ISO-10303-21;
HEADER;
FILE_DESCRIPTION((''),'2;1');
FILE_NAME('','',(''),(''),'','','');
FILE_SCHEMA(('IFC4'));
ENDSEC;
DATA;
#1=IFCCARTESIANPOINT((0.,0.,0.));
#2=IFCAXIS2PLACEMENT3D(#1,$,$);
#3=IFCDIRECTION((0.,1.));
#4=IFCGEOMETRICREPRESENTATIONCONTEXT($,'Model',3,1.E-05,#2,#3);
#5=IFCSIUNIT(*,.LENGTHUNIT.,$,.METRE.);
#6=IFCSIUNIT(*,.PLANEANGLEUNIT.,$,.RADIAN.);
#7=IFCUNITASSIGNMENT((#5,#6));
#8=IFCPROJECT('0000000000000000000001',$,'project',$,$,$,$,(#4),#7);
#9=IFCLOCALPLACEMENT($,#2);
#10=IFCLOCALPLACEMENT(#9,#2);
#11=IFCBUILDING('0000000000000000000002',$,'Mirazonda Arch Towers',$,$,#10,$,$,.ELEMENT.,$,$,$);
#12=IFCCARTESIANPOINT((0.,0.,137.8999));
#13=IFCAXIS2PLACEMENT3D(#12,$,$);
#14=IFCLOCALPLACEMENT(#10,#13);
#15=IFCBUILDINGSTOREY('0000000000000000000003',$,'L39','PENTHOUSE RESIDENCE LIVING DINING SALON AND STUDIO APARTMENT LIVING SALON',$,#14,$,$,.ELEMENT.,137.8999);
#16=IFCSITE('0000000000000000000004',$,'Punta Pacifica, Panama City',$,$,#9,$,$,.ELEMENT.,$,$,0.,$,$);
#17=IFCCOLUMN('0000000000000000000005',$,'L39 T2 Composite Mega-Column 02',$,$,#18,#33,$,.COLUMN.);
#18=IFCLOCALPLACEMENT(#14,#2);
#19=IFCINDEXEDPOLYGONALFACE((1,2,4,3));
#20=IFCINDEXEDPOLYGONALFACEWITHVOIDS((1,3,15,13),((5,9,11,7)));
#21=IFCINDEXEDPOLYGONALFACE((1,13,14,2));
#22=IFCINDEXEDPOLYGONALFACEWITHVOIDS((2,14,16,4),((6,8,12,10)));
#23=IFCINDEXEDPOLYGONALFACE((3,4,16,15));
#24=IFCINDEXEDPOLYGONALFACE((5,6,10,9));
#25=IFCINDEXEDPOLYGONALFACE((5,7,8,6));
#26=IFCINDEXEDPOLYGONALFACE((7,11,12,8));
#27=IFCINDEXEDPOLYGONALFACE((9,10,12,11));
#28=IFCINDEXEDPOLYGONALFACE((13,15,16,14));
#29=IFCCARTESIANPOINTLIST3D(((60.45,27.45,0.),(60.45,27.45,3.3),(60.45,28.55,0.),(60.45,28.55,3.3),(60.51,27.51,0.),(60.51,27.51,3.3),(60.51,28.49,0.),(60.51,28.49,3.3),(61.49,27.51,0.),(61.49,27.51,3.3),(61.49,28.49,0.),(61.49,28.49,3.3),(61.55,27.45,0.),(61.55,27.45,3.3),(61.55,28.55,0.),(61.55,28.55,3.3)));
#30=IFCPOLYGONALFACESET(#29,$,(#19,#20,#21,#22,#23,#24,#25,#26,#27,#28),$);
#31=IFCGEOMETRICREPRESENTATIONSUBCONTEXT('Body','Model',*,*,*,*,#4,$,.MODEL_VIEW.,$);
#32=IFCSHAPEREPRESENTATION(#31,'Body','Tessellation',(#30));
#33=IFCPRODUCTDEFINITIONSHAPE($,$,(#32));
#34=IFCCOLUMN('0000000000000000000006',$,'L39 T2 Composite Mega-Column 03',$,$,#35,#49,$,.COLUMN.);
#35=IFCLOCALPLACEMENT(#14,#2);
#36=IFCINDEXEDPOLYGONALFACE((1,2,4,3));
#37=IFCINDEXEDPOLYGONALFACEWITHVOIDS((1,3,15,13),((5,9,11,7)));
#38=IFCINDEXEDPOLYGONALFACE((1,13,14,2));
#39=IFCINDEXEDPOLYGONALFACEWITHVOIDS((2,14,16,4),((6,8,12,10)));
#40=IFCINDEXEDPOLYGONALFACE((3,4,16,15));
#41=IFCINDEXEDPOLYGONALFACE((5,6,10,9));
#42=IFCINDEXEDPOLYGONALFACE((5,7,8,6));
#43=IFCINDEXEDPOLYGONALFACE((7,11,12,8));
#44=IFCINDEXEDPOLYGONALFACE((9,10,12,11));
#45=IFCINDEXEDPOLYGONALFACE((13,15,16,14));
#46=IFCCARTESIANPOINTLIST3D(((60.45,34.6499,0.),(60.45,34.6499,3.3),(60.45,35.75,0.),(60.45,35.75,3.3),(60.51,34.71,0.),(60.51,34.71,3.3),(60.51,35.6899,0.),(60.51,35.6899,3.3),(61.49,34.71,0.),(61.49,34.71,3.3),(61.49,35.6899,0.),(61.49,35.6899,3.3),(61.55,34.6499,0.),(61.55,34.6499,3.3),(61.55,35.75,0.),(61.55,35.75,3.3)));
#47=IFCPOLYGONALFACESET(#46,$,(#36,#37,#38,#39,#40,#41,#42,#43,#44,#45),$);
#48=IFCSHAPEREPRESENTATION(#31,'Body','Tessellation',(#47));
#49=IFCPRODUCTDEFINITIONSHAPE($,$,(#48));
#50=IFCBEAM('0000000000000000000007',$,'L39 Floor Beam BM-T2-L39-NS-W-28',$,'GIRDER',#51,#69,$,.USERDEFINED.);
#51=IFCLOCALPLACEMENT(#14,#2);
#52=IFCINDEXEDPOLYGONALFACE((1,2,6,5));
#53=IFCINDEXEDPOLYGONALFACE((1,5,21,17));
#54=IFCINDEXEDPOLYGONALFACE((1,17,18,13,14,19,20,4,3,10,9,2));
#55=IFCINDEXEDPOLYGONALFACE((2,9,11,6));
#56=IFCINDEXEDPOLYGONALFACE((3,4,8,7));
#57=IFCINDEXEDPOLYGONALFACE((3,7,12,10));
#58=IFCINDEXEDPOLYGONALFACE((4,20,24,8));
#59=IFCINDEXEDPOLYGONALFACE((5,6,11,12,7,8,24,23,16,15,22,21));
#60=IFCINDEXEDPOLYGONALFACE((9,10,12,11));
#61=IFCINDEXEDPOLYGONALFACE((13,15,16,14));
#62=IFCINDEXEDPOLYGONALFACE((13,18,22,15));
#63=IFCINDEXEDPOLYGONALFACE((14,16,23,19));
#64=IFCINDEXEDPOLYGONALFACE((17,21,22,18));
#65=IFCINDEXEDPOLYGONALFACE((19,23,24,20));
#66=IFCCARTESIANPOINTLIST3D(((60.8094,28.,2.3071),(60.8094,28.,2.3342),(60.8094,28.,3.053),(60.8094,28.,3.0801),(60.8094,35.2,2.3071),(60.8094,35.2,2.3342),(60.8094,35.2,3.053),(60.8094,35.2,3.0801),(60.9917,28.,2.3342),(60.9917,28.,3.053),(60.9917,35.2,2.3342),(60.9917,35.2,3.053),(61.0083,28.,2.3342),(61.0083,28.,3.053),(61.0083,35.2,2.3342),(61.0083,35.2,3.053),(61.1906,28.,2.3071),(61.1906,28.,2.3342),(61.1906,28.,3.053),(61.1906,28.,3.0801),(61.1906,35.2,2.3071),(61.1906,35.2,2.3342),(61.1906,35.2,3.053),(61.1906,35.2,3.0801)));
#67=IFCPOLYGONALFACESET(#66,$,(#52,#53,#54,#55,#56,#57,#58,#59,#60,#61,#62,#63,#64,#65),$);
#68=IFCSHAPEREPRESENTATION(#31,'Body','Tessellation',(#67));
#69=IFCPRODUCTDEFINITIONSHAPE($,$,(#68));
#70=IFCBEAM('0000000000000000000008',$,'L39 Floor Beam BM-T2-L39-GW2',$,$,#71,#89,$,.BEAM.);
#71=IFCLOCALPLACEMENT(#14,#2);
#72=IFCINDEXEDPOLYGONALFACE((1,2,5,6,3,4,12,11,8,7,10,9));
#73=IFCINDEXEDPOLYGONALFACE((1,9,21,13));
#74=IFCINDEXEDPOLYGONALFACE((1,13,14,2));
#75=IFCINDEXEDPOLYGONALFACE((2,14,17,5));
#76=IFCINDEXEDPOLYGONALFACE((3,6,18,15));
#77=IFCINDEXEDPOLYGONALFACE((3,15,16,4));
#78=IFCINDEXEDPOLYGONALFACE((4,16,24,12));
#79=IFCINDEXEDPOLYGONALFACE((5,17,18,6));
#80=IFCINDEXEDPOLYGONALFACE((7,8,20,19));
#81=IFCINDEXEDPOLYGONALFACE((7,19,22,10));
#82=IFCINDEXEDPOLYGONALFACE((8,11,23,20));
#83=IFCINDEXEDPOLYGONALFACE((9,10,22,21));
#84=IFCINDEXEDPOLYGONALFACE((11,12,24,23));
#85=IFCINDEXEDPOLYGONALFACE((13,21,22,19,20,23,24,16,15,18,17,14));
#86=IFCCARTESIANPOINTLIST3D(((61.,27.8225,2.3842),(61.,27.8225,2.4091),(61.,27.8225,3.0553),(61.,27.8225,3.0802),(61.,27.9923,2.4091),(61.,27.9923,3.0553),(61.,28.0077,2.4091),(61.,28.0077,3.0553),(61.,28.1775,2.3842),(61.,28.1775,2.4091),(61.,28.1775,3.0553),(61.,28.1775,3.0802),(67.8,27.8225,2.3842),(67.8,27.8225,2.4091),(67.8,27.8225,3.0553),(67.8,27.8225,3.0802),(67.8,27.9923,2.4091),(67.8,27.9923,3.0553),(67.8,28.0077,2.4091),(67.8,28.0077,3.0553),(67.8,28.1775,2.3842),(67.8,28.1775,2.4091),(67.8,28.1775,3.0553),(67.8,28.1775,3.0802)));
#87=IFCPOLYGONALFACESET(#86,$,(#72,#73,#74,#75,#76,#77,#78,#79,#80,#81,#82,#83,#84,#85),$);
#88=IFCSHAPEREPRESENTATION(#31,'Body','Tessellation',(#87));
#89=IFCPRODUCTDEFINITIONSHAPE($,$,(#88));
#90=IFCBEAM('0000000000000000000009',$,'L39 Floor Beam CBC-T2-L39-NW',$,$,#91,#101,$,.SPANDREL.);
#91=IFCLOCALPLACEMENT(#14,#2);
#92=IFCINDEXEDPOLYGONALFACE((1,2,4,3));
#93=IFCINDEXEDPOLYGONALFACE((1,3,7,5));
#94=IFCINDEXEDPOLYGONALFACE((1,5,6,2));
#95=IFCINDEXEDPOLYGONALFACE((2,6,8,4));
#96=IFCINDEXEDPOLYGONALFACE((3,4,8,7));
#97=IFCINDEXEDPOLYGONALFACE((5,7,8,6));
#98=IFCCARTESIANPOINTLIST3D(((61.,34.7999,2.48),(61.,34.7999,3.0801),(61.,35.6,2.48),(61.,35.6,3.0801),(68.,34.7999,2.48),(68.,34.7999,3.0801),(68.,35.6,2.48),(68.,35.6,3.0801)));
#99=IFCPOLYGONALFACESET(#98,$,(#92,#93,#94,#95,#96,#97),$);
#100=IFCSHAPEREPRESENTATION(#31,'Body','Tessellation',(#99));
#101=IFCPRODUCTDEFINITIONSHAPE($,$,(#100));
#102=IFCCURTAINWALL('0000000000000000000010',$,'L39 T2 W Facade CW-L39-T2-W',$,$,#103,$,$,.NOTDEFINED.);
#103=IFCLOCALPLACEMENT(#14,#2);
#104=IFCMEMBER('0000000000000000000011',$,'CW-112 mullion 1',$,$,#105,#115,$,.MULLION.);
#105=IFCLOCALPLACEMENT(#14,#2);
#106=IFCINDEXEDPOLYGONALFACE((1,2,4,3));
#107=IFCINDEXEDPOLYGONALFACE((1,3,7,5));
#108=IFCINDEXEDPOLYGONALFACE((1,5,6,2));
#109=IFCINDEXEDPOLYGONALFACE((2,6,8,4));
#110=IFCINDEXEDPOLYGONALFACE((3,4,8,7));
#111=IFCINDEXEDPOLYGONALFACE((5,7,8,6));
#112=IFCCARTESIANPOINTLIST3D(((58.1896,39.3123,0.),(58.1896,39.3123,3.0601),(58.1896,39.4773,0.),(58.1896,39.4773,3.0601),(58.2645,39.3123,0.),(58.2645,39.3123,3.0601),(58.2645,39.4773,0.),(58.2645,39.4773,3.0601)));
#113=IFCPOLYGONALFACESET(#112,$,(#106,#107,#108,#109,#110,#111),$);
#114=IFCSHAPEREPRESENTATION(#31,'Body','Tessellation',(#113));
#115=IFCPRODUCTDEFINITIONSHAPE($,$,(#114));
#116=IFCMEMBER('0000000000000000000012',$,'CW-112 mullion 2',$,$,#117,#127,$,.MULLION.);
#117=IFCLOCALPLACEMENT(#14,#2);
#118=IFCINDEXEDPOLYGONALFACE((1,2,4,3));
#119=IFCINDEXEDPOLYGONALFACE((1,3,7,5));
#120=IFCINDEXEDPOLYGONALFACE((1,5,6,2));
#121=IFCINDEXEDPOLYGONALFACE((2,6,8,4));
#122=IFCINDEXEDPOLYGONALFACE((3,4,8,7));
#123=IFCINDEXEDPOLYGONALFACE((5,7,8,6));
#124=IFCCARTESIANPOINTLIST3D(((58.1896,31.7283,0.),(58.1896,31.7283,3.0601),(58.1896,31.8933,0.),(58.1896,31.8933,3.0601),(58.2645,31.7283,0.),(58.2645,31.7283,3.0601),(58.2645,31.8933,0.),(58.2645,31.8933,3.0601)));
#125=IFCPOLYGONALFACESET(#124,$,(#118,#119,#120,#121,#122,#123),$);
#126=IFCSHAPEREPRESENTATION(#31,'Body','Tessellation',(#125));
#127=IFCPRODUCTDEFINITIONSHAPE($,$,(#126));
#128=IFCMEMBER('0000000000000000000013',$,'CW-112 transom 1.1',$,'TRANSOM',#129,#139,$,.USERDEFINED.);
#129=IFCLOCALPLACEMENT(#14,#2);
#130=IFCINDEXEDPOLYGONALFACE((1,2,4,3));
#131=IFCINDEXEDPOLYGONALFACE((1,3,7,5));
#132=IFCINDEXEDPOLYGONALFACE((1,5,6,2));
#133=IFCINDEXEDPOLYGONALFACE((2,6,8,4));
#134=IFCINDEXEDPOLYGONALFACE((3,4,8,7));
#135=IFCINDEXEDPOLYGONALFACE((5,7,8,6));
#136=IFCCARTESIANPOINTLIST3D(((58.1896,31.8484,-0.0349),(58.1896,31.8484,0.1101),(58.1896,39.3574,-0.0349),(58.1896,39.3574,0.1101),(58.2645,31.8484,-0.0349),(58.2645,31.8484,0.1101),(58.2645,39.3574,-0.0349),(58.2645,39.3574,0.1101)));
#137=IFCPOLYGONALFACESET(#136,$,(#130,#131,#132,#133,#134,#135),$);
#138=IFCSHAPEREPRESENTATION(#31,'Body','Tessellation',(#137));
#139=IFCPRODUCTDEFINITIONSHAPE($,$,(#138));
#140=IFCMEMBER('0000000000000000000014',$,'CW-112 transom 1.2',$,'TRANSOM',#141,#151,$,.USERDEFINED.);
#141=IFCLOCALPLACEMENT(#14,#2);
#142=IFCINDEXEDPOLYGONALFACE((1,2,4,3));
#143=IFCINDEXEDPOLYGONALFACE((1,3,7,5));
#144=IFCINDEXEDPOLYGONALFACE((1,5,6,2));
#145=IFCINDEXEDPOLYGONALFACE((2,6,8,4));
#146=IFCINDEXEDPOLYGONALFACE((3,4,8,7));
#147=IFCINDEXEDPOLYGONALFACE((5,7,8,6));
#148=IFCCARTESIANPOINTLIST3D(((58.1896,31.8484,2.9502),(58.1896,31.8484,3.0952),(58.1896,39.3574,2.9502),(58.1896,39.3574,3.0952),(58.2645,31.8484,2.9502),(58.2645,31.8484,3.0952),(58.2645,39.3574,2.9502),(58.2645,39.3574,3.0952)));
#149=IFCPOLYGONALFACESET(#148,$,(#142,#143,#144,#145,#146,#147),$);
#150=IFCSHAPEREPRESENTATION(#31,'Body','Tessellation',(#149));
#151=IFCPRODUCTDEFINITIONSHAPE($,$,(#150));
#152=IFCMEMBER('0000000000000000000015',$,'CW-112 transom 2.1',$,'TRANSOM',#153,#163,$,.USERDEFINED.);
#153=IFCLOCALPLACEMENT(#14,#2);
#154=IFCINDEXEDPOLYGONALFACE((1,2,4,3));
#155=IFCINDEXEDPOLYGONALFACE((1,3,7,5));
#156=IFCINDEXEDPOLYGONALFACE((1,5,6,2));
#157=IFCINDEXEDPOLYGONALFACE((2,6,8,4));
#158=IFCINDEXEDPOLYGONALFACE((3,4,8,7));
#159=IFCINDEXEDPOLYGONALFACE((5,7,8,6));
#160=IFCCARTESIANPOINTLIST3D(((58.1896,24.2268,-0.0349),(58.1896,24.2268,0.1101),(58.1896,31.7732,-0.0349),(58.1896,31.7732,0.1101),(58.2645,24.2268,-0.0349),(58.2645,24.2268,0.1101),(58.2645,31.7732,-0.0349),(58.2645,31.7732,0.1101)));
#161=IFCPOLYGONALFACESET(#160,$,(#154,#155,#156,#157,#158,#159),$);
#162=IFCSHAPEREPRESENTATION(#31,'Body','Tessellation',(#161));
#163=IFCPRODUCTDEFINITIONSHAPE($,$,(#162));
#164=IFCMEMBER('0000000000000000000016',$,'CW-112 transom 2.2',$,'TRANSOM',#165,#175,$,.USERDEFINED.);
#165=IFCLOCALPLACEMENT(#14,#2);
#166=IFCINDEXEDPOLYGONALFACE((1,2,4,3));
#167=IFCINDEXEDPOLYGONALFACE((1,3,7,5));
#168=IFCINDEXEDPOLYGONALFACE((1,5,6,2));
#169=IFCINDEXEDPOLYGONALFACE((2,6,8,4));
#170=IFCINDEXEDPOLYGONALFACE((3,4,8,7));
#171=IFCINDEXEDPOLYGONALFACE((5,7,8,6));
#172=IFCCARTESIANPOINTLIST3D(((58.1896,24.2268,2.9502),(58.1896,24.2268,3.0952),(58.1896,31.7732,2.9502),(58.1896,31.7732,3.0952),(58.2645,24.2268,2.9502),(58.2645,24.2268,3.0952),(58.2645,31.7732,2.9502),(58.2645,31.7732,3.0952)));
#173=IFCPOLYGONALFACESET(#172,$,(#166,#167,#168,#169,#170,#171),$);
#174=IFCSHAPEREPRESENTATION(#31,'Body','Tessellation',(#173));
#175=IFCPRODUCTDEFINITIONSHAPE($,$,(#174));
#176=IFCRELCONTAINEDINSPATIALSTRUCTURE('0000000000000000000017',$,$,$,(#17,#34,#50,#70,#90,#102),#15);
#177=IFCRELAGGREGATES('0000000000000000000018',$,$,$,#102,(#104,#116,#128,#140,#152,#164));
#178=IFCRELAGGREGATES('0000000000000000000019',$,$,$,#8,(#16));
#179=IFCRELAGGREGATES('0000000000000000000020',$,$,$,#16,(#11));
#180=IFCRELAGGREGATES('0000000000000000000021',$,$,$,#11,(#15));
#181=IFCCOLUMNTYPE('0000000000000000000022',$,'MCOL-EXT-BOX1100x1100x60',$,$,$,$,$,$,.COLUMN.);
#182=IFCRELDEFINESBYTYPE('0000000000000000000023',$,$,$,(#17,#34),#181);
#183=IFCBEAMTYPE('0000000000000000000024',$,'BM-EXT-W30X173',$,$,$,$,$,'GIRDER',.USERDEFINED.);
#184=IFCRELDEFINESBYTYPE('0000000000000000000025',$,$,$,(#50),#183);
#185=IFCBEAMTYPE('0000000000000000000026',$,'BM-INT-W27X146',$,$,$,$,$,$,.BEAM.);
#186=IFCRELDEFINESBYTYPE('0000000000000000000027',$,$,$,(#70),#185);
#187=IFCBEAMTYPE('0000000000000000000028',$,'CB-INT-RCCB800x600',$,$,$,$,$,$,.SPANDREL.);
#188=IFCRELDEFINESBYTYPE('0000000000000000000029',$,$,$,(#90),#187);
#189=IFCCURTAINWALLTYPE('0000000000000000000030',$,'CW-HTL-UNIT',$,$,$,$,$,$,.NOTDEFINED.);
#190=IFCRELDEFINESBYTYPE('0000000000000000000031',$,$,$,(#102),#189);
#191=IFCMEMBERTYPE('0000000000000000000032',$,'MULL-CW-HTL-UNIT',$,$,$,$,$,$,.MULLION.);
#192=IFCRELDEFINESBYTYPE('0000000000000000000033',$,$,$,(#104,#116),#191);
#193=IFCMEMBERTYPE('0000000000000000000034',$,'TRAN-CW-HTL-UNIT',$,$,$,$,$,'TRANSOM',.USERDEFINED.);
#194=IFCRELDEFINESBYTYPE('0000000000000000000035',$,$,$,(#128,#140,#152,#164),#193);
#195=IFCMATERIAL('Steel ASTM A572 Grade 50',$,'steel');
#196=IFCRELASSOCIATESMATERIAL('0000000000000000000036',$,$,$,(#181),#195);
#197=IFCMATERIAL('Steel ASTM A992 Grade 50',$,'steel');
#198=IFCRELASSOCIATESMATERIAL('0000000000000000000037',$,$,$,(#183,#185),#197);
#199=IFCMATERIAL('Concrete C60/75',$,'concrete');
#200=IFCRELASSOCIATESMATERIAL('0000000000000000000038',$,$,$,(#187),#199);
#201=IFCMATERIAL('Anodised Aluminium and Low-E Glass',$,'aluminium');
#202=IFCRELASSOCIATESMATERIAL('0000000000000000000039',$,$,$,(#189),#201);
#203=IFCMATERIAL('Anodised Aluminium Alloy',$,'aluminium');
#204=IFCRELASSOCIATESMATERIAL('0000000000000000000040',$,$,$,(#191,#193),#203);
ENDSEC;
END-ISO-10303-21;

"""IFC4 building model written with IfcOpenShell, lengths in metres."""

from ifc_helpers import new_model, si_unit, direction, frame, origin, origin_2d, place, context, subcontext, project, spatial, rectangle, hollow_rectangle, i_section, extrude, material, material_profile, profile_set, type_object, element, aggregate, save


model = new_model("IFC4")

# Units and contexts
model_context = context("Model", 3, precision=1e-05, world=origin(), true_north=direction((0.0, 1.0)))
body_context = subcontext(model_context, "Body", "Model", "MODEL_VIEW")
ifc_project = project(units=[si_unit("LENGTHUNIT", "METRE"), si_unit("PLANEANGLEUNIT", "RADIAN")], contexts=[model_context])

# Site, building, storey
site_placement = place(None, origin())
site = spatial("IfcSite", under=ifc_project, at=site_placement, Name="Punta Pacifica, Panama City", CompositionType="ELEMENT", RefElevation=0.0)
building_placement = place(site_placement, origin())
building = spatial("IfcBuilding", under=site, at=building_placement, Name="Mirazonda Arch Towers", CompositionType="ELEMENT")
storey_placement = place(building_placement, frame((0.0, 0.0, 137.8999)))
storey = spatial("IfcBuildingStorey", under=building, at=storey_placement, Name="L39", Description="PENTHOUSE RESIDENCE LIVING DINING SALON AND STUDIO APARTMENT LIVING SALON", CompositionType="ELEMENT", Elevation=137.8999)

# Columns
ifc_material_1 = material(Name="Steel ASTM A572 Grade 50", Category="steel")
ifc_material_profile_1 = material_profile(ifc_material_1, hollow_rectangle(XDim=1.1001, YDim=1.1001, WallThickness=0.0601, at=origin_2d()), Name="BOX1100x1100x60")
ifc_profile_set_1 = profile_set([ifc_material_profile_1], Name="Steel ASTM A572 Grade 50")
column_type = type_object("IfcColumnType", Name="MCOL-EXT-BOX1100x1100x60", PredefinedType="COLUMN", material=ifc_profile_set_1)
for number, where, z_axis, x_axis, name in (
    (1, (61.0, 28.0, 0.0), (0.0, 0.0, 1.0), (1.0, 0.0, 0.0), "L39 T2 Composite Mega-Column 02"),
    (2, (61.0, 35.2, 0.0), (0.0, 0.0, 1.0), (1.0, 0.0, 0.0), "L39 T2 Composite Mega-Column 03"),
):
    element("IfcColumn", number, at=place(storey_placement, frame(where, z_axis=z_axis, x_axis=x_axis)), inside=storey, type_object=column_type, Name=name, PredefinedType="COLUMN", context=body_context, shape_type="SweptSolid", body=[
        extrude(hollow_rectangle(XDim=1.1001, YDim=1.1001, WallThickness=0.0601, at=origin_2d()), origin(), (0.0, 0.0, 1.0), 3.3),
    ])

# Beams
ifc_material_2 = material(Name="Steel ASTM A992 Grade 50", Category="steel")
ifc_material_profile_2 = material_profile(ifc_material_2, i_section(OverallWidth=0.3811, OverallDepth=0.7729, WebThickness=0.0166, FlangeThickness=0.0271, at=origin_2d()), Name="W30X173")
ifc_profile_set_2 = profile_set([ifc_material_profile_2], Name="Steel ASTM A992 Grade 50")
beam_type_1 = type_object("IfcBeamType", Name="BM-EXT-W30X173", ElementType="GIRDER", PredefinedType="USERDEFINED", material=ifc_profile_set_2)
beam_1_placement = place(storey_placement, frame((61.0, 28.0, 2.6936), z_axis=(0.0, 1.0, 0.0), x_axis=(-1.0, 0.0, 0.0)))
element("IfcBeam", 3, at=beam_1_placement, inside=storey, type_object=beam_type_1, Name="L39 Floor Beam BM-T2-L39-NS-W-28", ObjectType="GIRDER", PredefinedType="USERDEFINED", context=body_context, shape_type="SweptSolid", body=[
    extrude(i_section(OverallWidth=0.3811, OverallDepth=0.7729, WebThickness=0.0166, FlangeThickness=0.0271, at=origin_2d()), origin(), (0.0, 0.0, 1.0), 7.2),
])
ifc_material_profile_3 = material_profile(ifc_material_2, i_section(OverallWidth=0.355, OverallDepth=0.696, WebThickness=0.0154, FlangeThickness=0.0249, at=origin_2d()), Name="W27X146")
ifc_profile_set_3 = profile_set([ifc_material_profile_3], Name="Steel ASTM A992 Grade 50")
beam_type_2 = type_object("IfcBeamType", Name="BM-INT-W27X146", PredefinedType="BEAM", material=ifc_profile_set_3)
beam_2_placement = place(storey_placement, frame((61.0, 28.0, 2.7322), z_axis=(1.0, 0.0, 0.0), x_axis=(0.0, 1.0, 0.0)))
element("IfcBeam", 4, at=beam_2_placement, inside=storey, type_object=beam_type_2, Name="L39 Floor Beam BM-T2-L39-GW2", PredefinedType="BEAM", context=body_context, shape_type="SweptSolid", body=[
    extrude(i_section(OverallWidth=0.355, OverallDepth=0.696, WebThickness=0.0154, FlangeThickness=0.0249, at=origin_2d()), origin(), (0.0, 0.0, 1.0), 6.8),
])
ifc_material_3 = material(Name="Concrete C60/75", Category="concrete")
ifc_material_profile_4 = material_profile(ifc_material_3, rectangle(XDim=0.8, YDim=0.6001, at=origin_2d()), Name="RCCB800x600")
ifc_profile_set_4 = profile_set([ifc_material_profile_4], Name="Concrete C60/75")
beam_type_3 = type_object("IfcBeamType", Name="CB-INT-RCCB800x600", PredefinedType="SPANDREL", material=ifc_profile_set_4)
beam_3_placement = place(storey_placement, frame((61.0, 35.2, 2.78), z_axis=(1.0, 0.0, 0.0), x_axis=(0.0, 1.0, 0.0)))
element("IfcBeam", 5, at=beam_3_placement, inside=storey, type_object=beam_type_3, Name="L39 Floor Beam CBC-T2-L39-NW", PredefinedType="SPANDREL", context=body_context, shape_type="SweptSolid", body=[
    extrude(rectangle(XDim=0.8, YDim=0.6001, at=origin_2d()), origin(), (0.0, 0.0, 1.0), 7.0),
])

# Curtain wall, members
ifc_material_4 = material(Name="Anodised Aluminium and Low-E Glass", Category="aluminium")
curtain_wall_type = type_object("IfcCurtainWallType", Name="CW-HTL-UNIT", PredefinedType="NOTDEFINED", material=ifc_material_4)
curtain_wall_placement = place(storey_placement, origin())
curtain_wall = element("IfcCurtainWall", 6, at=curtain_wall_placement, inside=storey, type_object=curtain_wall_type, Name="L39 T2 W Facade CW-L39-T2-W", PredefinedType="NOTDEFINED")
ifc_material_5 = material(Name="Anodised Aluminium Alloy", Category="aluminium")
ifc_material_profile_5 = material_profile(ifc_material_5, rectangle(XDim=0.075, YDim=0.165, at=origin_2d()), Name="ALU-MULL-75x165")
ifc_profile_set_5 = profile_set([ifc_material_profile_5], Name="Anodised Aluminium Alloy")
member_type_1 = type_object("IfcMemberType", Name="MULL-CW-HTL-UNIT", PredefinedType="MULLION", material=ifc_profile_set_5)
member_1_placement = place(storey_placement, frame((58.2271, 39.3948, 0.0), z_axis=(0.0, 0.0, 1.0), x_axis=(1.0, 0.0, 0.0)))
member_1 = element("IfcMember", 7, at=member_1_placement, type_object=member_type_1, Name="CW-112 mullion 1", PredefinedType="MULLION", context=body_context, shape_type="SweptSolid", body=[
    extrude(rectangle(XDim=0.075, YDim=0.165, at=origin_2d()), origin(), (0.0, 0.0, 1.0), 3.0601),
])
member_2_placement = place(storey_placement, frame((58.2271, 31.8108, 0.0), z_axis=(0.0, 0.0, 1.0), x_axis=(1.0, 0.0, 0.0)))
member_2 = element("IfcMember", 8, at=member_2_placement, type_object=member_type_1, Name="CW-112 mullion 2", PredefinedType="MULLION", context=body_context, shape_type="SweptSolid", body=[
    extrude(rectangle(XDim=0.075, YDim=0.165, at=origin_2d()), origin(), (0.0, 0.0, 1.0), 3.0601),
])
ifc_material_profile_6 = material_profile(ifc_material_5, rectangle(XDim=0.075, YDim=0.145, at=origin_2d()), Name="ALU-TRAN-75x145")
ifc_profile_set_6 = profile_set([ifc_material_profile_6], Name="Anodised Aluminium Alloy")
member_type_2 = type_object("IfcMemberType", Name="TRAN-CW-HTL-UNIT", ElementType="TRANSOM", PredefinedType="USERDEFINED", material=ifc_profile_set_6)
member_3_placement = place(storey_placement, frame((58.2271, 39.3574, 0.0376), z_axis=(0.0, -1.0, 0.0), x_axis=(1.0, 0.0, 0.0)))
member_3 = element("IfcMember", 9, at=member_3_placement, type_object=member_type_2, Name="CW-112 transom 1.1", ObjectType="TRANSOM", PredefinedType="USERDEFINED", context=body_context, shape_type="SweptSolid", body=[
    extrude(rectangle(XDim=0.075, YDim=0.145, at=origin_2d()), origin(), (0.0, 0.0, 1.0), 7.509),
])
member_4_placement = place(storey_placement, frame((58.2271, 39.3574, 3.0227), z_axis=(0.0, -1.0, 0.0), x_axis=(1.0, 0.0, 0.0)))
member_4 = element("IfcMember", 10, at=member_4_placement, type_object=member_type_2, Name="CW-112 transom 1.2", ObjectType="TRANSOM", PredefinedType="USERDEFINED", context=body_context, shape_type="SweptSolid", body=[
    extrude(rectangle(XDim=0.075, YDim=0.145, at=origin_2d()), origin(), (0.0, 0.0, 1.0), 7.509),
])
member_5_placement = place(storey_placement, frame((58.2271, 31.7732, 0.0376), z_axis=(0.0, -1.0, 0.0), x_axis=(1.0, 0.0, 0.0)))
member_5 = element("IfcMember", 11, at=member_5_placement, type_object=member_type_2, Name="CW-112 transom 2.1", ObjectType="TRANSOM", PredefinedType="USERDEFINED", context=body_context, shape_type="SweptSolid", body=[
    extrude(rectangle(XDim=0.075, YDim=0.145, at=origin_2d()), origin(), (0.0, 0.0, 1.0), 7.5464),
])
member_6_placement = place(storey_placement, frame((58.2271, 31.7732, 3.0227), z_axis=(0.0, -1.0, 0.0), x_axis=(1.0, 0.0, 0.0)))
member_6 = element("IfcMember", 12, at=member_6_placement, type_object=member_type_2, Name="CW-112 transom 2.2", ObjectType="TRANSOM", PredefinedType="USERDEFINED", context=body_context, shape_type="SweptSolid", body=[
    extrude(rectangle(XDim=0.075, YDim=0.145, at=origin_2d()), origin(), (0.0, 0.0, 1.0), 7.5464),
])
aggregate(curtain_wall, [member_1, member_2, member_3, member_4, member_5, member_6])

save(model, "model.ifc")
